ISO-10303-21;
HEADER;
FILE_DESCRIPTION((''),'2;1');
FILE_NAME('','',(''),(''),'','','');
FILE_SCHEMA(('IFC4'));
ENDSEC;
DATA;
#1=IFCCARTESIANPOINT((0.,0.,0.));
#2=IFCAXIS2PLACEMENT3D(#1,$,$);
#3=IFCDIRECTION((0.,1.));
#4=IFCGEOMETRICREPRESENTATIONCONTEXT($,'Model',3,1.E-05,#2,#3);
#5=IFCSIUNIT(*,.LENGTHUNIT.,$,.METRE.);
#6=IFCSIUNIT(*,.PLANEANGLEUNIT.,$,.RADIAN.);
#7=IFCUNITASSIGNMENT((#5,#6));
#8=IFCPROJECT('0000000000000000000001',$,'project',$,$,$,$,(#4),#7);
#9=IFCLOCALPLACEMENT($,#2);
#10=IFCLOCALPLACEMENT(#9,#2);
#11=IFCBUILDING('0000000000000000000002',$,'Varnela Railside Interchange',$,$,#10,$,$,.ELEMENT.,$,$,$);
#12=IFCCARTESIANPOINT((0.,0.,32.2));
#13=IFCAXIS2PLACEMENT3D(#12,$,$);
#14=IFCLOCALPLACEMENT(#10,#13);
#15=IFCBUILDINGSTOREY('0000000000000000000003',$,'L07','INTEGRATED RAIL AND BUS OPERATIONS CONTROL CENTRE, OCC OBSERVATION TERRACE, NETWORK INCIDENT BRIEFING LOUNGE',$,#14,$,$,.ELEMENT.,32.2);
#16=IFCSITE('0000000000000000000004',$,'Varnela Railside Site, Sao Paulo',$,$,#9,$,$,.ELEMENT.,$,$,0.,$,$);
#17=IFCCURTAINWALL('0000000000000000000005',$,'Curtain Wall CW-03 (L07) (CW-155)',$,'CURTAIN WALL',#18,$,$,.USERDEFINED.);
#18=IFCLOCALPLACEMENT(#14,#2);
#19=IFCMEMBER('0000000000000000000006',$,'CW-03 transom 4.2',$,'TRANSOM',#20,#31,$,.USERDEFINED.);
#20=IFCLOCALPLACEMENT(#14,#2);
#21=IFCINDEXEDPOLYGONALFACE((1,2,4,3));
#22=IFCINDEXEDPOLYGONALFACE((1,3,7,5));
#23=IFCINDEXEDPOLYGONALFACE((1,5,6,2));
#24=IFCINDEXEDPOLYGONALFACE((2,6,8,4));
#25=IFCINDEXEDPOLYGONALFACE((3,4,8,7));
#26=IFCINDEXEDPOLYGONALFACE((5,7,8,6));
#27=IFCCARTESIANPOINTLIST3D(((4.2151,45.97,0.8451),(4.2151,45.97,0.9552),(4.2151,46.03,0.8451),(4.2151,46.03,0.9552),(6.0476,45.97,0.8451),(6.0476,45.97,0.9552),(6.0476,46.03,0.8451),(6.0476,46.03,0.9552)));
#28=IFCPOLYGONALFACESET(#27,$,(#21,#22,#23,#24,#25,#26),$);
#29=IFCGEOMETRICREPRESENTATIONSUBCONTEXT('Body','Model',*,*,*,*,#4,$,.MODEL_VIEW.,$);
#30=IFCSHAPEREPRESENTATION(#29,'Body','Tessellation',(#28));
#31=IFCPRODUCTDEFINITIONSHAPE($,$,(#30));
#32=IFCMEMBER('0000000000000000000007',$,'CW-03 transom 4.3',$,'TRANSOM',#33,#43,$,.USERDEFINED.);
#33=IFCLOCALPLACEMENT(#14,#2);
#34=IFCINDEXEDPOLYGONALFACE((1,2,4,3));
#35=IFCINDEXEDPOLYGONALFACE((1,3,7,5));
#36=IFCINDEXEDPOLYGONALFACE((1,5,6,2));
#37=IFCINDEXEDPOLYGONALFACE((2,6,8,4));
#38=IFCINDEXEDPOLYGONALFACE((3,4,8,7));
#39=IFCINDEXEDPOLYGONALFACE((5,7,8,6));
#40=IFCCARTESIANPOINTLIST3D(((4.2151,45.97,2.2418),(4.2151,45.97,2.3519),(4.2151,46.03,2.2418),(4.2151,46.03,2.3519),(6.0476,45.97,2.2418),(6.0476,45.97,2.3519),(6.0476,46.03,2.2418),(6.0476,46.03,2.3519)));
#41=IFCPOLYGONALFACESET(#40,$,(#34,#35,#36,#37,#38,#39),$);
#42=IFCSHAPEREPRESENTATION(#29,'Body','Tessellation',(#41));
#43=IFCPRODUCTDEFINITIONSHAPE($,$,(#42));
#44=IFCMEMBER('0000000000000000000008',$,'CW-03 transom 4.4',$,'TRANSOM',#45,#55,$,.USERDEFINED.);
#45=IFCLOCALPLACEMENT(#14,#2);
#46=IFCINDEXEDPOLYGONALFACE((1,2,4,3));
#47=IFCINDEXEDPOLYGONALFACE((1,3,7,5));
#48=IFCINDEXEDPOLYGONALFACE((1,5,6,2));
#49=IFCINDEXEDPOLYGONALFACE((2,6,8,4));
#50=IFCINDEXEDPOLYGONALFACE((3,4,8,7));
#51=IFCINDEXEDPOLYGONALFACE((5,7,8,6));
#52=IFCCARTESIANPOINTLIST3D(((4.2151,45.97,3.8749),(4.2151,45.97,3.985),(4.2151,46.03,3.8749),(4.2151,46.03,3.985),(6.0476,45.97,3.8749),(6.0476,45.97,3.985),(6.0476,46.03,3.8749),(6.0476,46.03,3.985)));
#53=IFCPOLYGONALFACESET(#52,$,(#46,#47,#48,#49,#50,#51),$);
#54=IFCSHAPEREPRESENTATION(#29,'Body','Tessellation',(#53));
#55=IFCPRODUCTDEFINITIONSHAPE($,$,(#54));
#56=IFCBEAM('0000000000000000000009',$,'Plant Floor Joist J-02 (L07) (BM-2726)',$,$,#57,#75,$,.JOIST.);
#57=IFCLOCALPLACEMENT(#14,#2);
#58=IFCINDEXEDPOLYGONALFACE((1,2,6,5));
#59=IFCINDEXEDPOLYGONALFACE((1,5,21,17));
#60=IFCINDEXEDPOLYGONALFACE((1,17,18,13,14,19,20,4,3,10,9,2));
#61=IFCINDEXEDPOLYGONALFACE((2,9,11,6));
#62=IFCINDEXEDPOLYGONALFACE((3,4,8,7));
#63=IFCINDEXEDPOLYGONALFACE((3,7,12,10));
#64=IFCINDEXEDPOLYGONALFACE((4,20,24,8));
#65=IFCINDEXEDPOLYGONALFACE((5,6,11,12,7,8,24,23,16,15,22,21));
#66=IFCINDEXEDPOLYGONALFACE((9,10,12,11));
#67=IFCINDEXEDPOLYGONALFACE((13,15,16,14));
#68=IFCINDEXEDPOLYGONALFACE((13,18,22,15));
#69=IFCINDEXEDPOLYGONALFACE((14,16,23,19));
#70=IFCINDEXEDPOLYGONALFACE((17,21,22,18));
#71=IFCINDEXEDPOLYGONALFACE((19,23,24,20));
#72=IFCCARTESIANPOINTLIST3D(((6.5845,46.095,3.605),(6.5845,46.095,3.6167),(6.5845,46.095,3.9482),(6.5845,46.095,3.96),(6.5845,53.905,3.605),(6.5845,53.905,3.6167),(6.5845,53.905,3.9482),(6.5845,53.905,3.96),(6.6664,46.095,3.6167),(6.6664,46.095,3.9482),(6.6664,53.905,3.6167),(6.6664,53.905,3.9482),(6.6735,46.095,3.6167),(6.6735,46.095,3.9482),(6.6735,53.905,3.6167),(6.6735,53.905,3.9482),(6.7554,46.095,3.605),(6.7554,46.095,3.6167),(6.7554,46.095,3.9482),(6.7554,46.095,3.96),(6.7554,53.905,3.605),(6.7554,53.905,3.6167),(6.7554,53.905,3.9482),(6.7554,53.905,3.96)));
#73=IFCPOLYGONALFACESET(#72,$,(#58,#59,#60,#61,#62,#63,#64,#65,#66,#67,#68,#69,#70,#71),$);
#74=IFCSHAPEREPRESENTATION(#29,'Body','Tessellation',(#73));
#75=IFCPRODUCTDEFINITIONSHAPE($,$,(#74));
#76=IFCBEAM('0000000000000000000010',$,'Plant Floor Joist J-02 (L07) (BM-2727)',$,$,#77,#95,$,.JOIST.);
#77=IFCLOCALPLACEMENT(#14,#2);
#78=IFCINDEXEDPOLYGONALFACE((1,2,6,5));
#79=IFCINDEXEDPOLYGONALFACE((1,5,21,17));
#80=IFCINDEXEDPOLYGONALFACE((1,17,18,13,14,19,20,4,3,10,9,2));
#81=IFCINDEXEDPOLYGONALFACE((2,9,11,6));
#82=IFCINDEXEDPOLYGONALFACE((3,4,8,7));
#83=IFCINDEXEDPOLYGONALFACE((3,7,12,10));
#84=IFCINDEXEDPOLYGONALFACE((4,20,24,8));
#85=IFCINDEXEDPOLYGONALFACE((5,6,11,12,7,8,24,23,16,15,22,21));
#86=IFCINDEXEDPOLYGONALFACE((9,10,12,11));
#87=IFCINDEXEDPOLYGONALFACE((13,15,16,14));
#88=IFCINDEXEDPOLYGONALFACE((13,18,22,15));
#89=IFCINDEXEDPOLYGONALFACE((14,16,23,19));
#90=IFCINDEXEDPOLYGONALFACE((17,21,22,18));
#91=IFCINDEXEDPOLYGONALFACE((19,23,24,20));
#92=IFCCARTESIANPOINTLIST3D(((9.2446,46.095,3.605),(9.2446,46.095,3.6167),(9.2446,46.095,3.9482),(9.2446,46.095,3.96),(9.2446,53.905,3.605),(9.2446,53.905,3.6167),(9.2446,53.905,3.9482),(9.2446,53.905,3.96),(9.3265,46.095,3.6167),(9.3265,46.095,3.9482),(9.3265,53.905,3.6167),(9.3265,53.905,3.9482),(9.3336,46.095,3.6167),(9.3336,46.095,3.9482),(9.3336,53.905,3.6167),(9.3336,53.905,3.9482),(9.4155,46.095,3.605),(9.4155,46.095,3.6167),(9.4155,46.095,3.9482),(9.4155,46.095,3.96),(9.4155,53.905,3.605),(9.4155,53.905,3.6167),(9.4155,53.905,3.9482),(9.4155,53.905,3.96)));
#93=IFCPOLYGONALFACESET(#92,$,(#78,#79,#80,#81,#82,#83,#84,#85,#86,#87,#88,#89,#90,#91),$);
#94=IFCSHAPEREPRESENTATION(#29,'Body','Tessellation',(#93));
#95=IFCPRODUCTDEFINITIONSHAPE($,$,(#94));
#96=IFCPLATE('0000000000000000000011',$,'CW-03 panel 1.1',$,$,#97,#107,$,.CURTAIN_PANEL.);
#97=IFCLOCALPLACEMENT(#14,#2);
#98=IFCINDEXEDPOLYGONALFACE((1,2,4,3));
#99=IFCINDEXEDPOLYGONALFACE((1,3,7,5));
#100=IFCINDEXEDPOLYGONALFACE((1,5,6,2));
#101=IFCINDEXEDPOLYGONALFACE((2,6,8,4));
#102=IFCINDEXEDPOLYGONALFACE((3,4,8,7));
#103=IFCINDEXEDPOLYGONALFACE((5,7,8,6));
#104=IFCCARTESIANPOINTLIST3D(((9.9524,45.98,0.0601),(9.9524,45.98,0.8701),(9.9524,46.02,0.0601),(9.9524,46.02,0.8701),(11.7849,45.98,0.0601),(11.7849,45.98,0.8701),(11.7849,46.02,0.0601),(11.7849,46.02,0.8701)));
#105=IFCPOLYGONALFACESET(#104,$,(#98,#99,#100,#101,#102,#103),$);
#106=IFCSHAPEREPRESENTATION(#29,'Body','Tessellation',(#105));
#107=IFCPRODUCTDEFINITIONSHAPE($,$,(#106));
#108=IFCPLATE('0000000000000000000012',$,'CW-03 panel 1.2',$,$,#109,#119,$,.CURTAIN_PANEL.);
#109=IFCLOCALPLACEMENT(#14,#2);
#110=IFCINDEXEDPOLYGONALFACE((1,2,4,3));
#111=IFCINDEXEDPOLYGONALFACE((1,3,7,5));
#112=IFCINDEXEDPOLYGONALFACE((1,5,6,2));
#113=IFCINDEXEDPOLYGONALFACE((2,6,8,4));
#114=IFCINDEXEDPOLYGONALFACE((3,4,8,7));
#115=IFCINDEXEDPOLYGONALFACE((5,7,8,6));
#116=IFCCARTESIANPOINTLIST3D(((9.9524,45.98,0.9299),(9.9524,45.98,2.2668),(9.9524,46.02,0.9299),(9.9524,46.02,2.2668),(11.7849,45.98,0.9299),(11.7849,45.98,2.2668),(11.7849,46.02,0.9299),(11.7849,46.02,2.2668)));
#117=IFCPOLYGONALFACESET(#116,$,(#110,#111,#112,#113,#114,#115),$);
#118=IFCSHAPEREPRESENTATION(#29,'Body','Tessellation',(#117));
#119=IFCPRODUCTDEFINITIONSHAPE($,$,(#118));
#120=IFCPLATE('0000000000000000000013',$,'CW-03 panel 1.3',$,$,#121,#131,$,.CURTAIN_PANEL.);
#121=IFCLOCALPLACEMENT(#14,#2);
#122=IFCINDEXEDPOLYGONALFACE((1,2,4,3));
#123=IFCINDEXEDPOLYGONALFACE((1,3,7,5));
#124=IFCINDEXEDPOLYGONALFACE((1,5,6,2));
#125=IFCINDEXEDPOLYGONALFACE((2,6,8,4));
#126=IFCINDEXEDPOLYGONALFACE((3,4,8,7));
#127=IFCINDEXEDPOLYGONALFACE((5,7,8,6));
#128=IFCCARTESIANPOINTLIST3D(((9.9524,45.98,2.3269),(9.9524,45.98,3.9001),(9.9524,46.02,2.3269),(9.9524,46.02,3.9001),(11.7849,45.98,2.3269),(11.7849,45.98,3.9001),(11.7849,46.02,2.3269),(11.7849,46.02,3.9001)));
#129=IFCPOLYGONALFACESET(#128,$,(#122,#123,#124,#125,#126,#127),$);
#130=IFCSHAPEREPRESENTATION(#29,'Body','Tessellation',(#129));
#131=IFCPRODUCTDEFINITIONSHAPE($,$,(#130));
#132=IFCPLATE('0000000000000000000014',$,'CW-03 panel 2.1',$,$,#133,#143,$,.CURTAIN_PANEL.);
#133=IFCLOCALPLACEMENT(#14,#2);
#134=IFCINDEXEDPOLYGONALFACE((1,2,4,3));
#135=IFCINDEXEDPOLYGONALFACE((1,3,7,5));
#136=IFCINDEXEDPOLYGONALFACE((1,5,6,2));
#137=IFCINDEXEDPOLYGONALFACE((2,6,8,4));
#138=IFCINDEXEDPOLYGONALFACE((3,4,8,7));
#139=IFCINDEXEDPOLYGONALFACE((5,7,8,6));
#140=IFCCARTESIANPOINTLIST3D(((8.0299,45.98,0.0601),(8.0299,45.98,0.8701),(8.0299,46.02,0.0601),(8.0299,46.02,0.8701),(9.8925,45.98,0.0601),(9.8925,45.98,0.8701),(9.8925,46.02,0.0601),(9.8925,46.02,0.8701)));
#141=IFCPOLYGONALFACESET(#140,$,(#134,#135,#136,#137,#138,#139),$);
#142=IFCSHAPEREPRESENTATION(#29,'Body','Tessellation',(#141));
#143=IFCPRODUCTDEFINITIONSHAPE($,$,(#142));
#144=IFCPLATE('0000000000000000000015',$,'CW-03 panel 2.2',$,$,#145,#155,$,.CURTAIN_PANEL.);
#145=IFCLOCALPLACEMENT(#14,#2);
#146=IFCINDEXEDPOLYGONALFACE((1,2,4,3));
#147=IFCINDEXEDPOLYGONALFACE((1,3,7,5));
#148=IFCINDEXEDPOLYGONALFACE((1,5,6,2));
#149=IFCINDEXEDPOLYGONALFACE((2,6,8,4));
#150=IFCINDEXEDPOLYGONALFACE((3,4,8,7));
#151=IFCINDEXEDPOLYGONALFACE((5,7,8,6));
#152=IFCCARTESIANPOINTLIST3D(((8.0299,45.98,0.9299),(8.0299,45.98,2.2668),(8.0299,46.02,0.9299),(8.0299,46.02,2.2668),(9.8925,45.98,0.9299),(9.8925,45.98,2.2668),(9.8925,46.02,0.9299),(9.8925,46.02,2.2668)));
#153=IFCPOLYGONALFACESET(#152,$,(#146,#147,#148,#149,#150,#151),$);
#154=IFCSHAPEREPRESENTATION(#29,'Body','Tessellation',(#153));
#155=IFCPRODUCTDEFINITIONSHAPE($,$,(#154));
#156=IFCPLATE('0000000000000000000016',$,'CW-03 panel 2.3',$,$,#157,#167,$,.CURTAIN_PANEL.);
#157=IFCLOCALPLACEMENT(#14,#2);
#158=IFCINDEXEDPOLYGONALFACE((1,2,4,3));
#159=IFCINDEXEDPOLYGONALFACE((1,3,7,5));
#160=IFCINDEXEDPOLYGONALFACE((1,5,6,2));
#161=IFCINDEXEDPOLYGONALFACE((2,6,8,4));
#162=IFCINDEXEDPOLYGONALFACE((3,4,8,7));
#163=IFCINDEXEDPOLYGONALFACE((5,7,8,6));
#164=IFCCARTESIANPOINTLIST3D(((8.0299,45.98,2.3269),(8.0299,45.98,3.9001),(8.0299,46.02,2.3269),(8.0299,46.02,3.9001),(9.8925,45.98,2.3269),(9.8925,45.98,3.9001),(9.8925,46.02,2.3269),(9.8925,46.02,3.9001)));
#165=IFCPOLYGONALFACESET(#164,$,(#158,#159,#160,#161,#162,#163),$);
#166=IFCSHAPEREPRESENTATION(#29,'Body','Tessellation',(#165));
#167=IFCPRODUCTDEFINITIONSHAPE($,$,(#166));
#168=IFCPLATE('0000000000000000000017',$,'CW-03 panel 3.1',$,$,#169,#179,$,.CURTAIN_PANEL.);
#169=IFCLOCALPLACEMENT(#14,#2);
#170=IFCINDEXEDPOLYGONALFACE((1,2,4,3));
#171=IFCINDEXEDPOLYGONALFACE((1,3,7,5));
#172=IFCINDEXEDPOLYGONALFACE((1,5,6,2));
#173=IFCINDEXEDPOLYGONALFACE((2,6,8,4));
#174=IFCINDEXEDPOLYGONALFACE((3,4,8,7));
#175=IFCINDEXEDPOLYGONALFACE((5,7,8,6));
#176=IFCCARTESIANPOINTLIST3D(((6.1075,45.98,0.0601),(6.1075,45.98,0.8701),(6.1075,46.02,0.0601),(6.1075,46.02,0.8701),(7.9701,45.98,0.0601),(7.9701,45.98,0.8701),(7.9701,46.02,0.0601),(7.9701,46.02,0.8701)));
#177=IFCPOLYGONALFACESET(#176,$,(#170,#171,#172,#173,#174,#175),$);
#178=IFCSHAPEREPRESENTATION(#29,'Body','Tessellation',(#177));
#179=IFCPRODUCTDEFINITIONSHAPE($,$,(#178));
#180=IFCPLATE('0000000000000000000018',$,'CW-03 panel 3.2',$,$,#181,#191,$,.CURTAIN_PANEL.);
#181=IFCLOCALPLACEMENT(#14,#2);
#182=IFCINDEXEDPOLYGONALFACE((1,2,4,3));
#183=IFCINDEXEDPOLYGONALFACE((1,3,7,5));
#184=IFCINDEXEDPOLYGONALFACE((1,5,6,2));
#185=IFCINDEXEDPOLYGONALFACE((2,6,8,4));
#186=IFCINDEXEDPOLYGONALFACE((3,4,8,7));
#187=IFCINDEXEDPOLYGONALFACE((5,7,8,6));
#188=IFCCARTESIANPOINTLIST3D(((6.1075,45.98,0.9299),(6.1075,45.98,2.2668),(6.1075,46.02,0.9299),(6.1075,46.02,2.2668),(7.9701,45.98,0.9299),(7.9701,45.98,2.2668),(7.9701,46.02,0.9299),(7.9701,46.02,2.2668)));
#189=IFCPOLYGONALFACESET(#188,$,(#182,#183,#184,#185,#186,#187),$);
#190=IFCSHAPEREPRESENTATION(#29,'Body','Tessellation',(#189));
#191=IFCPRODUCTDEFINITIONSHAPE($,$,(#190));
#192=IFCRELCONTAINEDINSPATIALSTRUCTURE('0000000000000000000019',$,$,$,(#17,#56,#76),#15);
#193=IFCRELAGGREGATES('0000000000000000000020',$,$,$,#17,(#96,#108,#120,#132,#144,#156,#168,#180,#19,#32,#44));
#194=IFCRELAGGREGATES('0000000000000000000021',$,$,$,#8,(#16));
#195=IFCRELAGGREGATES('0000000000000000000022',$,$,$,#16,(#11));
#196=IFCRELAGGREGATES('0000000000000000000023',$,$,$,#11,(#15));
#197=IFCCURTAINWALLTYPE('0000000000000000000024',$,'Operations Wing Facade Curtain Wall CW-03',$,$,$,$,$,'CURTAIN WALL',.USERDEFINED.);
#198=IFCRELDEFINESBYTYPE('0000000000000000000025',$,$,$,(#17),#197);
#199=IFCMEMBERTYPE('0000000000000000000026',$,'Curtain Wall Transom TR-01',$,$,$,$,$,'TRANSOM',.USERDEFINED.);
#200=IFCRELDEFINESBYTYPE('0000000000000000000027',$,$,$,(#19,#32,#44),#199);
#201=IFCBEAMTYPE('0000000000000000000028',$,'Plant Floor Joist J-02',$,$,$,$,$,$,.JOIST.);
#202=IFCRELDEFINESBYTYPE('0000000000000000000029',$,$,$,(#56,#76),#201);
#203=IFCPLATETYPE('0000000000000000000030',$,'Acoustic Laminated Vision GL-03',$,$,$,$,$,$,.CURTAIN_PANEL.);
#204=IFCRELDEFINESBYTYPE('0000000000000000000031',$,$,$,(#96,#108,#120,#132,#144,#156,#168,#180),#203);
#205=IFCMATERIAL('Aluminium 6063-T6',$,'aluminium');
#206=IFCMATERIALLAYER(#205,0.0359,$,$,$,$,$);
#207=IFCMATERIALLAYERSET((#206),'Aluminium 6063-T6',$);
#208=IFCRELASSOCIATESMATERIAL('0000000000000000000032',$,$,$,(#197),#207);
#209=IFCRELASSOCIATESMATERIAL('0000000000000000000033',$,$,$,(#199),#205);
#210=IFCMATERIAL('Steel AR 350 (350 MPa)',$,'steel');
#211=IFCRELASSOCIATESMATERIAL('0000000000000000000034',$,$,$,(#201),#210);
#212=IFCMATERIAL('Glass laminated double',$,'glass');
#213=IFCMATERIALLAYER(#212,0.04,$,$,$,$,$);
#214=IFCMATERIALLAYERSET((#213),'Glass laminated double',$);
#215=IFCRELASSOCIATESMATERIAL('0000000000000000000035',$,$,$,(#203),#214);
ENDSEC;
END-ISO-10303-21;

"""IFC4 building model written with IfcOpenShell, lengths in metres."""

from ifc_helpers import new_model, si_unit, direction, frame, origin, origin_2d, place, context, subcontext, project, spatial, rectangle, i_section, extrude, material, layer, layer_set, material_profile, profile_set, type_object, element, aggregate, save


model = new_model("IFC4")

# Units and contexts
model_context = context("Model", 3, precision=1e-05, world=origin(), true_north=direction((0.0, 1.0)))
body_context = subcontext(model_context, "Body", "Model", "MODEL_VIEW")
ifc_project = project(units=[si_unit("LENGTHUNIT", "METRE"), si_unit("PLANEANGLEUNIT", "RADIAN")], contexts=[model_context])

# Site, building, storey
site_placement = place(None, origin())
site = spatial("IfcSite", under=ifc_project, at=site_placement, Name="Varnela Railside Site, Sao Paulo", CompositionType="ELEMENT", RefElevation=0.0)
building_placement = place(site_placement, origin())
building = spatial("IfcBuilding", under=site, at=building_placement, Name="Varnela Railside Interchange", CompositionType="ELEMENT")
storey_placement = place(building_placement, frame((0.0, 0.0, 32.2)))
storey = spatial("IfcBuildingStorey", under=building, at=storey_placement, Name="L07", Description="INTEGRATED RAIL AND BUS OPERATIONS CONTROL CENTRE, OCC OBSERVATION TERRACE, NETWORK INCIDENT BRIEFING LOUNGE", CompositionType="ELEMENT", Elevation=32.2)

# Curtain wall, members
ifc_material_1 = material(Name="Aluminium 6063-T6", Category="aluminium")
ifc_layer_1 = layer(ifc_material_1, 0.0359)
ifc_layer_set_1 = layer_set([ifc_layer_1], Name="Aluminium 6063-T6")
curtain_wall_type = type_object("IfcCurtainWallType", Name="Operations Wing Facade Curtain Wall CW-03", ElementType="CURTAIN WALL", PredefinedType="USERDEFINED", material=ifc_layer_set_1)
curtain_wall_placement = place(storey_placement, origin())
curtain_wall = element("IfcCurtainWall", 1, at=curtain_wall_placement, inside=storey, type_object=curtain_wall_type, Name="Curtain Wall CW-03 (L07) (CW-155)", ObjectType="CURTAIN WALL", PredefinedType="USERDEFINED")
ifc_material_profile_1 = material_profile(ifc_material_1, rectangle(XDim=0.0601, YDim=0.1101, at=origin_2d()), Name="ALU 60x110")
ifc_profile_set_1 = profile_set([ifc_material_profile_1], Name="Aluminium 6063-T6")
member_type_1 = type_object("IfcMemberType", Name="Curtain Wall Transom TR-01", ElementType="TRANSOM", PredefinedType="USERDEFINED", material=ifc_profile_set_1)
member_1_placement = place(storey_placement, frame((6.0476, 46.0, 0.9001), z_axis=(-1.0, 0.0, 0.0), x_axis=(0.0, -1.0, 0.0)))
member_1 = element("IfcMember", 2, at=member_1_placement, type_object=member_type_1, Name="CW-03 transom 4.2", ObjectType="TRANSOM", PredefinedType="USERDEFINED", context=body_context, shape_type="SweptSolid", body=[
    extrude(rectangle(XDim=0.0601, YDim=0.1101, at=origin_2d()), origin(), (0.0, 0.0, 1.0), 1.8325),
])
member_2_placement = place(storey_placement, frame((6.0476, 46.0, 2.2969), z_axis=(-1.0, 0.0, 0.0), x_axis=(0.0, -1.0, 0.0)))
member_2 = element("IfcMember", 3, at=member_2_placement, type_object=member_type_1, Name="CW-03 transom 4.3", ObjectType="TRANSOM", PredefinedType="USERDEFINED", context=body_context, shape_type="SweptSolid", body=[
    extrude(rectangle(XDim=0.0601, YDim=0.1101, at=origin_2d()), origin(), (0.0, 0.0, 1.0), 1.8325),
])
member_3_placement = place(storey_placement, frame((6.0476, 46.0, 3.9299), z_axis=(-1.0, 0.0, 0.0), x_axis=(0.0, -1.0, 0.0)))
member_3 = element("IfcMember", 4, at=member_3_placement, type_object=member_type_1, Name="CW-03 transom 4.4", ObjectType="TRANSOM", PredefinedType="USERDEFINED", context=body_context, shape_type="SweptSolid", body=[
    extrude(rectangle(XDim=0.0601, YDim=0.1101, at=origin_2d()), origin(), (0.0, 0.0, 1.0), 1.8325),
])

# Beams
ifc_material_2 = material(Name="Steel AR 350 (350 MPa)", Category="steel")
ifc_material_profile_2 = material_profile(ifc_material_2, i_section(OverallWidth=0.1709, OverallDepth=0.355, WebThickness=0.0071, FlangeThickness=0.0117, at=origin_2d()), Name="W360x51")
ifc_profile_set_2 = profile_set([ifc_material_profile_2], Name="Steel AR 350 (350 MPa)")
beam_type = type_object("IfcBeamType", Name="Plant Floor Joist J-02", PredefinedType="JOIST", material=ifc_profile_set_2)
for number, where, z_axis, x_axis, name in (
    (5, (6.6699, 46.095, 3.7825), (0.0, 1.0, 0.0), (-1.0, 0.0, 0.0), "Plant Floor Joist J-02 (L07) (BM-2726)"),
    (6, (9.3301, 46.095, 3.7825), (0.0, 1.0, 0.0), (-1.0, 0.0, 0.0), "Plant Floor Joist J-02 (L07) (BM-2727)"),
):
    element("IfcBeam", number, at=place(storey_placement, frame(where, z_axis=z_axis, x_axis=x_axis)), inside=storey, type_object=beam_type, Name=name, PredefinedType="JOIST", context=body_context, shape_type="SweptSolid", body=[
        extrude(i_section(OverallWidth=0.1709, OverallDepth=0.355, WebThickness=0.0071, FlangeThickness=0.0117, at=origin_2d()), origin(), (0.0, 0.0, 1.0), 7.8101),
    ])

# Plates
ifc_material_3 = material(Name="Glass laminated double", Category="glass")
ifc_layer_2 = layer(ifc_material_3, 0.04)
ifc_layer_set_2 = layer_set([ifc_layer_2], Name="Glass laminated double")
plate_type = type_object("IfcPlateType", Name="Acoustic Laminated Vision GL-03", PredefinedType="CURTAIN_PANEL", material=ifc_layer_set_2)
plate_1_placement = place(storey_placement, frame((10.8687, 46.0, 0.0601), z_axis=(0.0, 0.0, 1.0), x_axis=(-1.0, 0.0, 0.0)))
plate_1 = element("IfcPlate", 7, at=plate_1_placement, type_object=plate_type, Name="CW-03 panel 1.1", PredefinedType="CURTAIN_PANEL", context=body_context, shape_type="SweptSolid", body=[
    extrude(rectangle(XDim=1.8325, YDim=0.04, at=origin_2d()), origin(), (0.0, 0.0, 1.0), 0.8101),
])
plate_2_placement = place(storey_placement, frame((10.8687, 46.0, 0.9299), z_axis=(0.0, 0.0, 1.0), x_axis=(-1.0, 0.0, 0.0)))
plate_2 = element("IfcPlate", 8, at=plate_2_placement, type_object=plate_type, Name="CW-03 panel 1.2", PredefinedType="CURTAIN_PANEL", context=body_context, shape_type="SweptSolid", body=[
    extrude(rectangle(XDim=1.8325, YDim=0.04, at=origin_2d()), origin(), (0.0, 0.0, 1.0), 1.3369),
])
plate_3_placement = place(storey_placement, frame((10.8687, 46.0, 2.3269), z_axis=(0.0, 0.0, 1.0), x_axis=(-1.0, 0.0, 0.0)))
plate_3 = element("IfcPlate", 9, at=plate_3_placement, type_object=plate_type, Name="CW-03 panel 1.3", PredefinedType="CURTAIN_PANEL", context=body_context, shape_type="SweptSolid", body=[
    extrude(rectangle(XDim=1.8325, YDim=0.04, at=origin_2d()), origin(), (0.0, 0.0, 1.0), 1.5732),
])
plate_4_placement = place(storey_placement, frame((8.9612, 46.0, 0.0601), z_axis=(0.0, 0.0, 1.0), x_axis=(-1.0, 0.0, 0.0)))
plate_4 = element("IfcPlate", 10, at=plate_4_placement, type_object=plate_type, Name="CW-03 panel 2.1", PredefinedType="CURTAIN_PANEL", context=body_context, shape_type="SweptSolid", body=[
    extrude(rectangle(XDim=1.8625, YDim=0.04, at=origin_2d()), origin(), (0.0, 0.0, 1.0), 0.8101),
])
plate_5_placement = place(storey_placement, frame((8.9612, 46.0, 0.9299), z_axis=(0.0, 0.0, 1.0), x_axis=(-1.0, 0.0, 0.0)))
plate_5 = element("IfcPlate", 11, at=plate_5_placement, type_object=plate_type, Name="CW-03 panel 2.2", PredefinedType="CURTAIN_PANEL", context=body_context, shape_type="SweptSolid", body=[
    extrude(rectangle(XDim=1.8625, YDim=0.04, at=origin_2d()), origin(), (0.0, 0.0, 1.0), 1.3369),
])
plate_6_placement = place(storey_placement, frame((8.9612, 46.0, 2.3269), z_axis=(0.0, 0.0, 1.0), x_axis=(-1.0, 0.0, 0.0)))
plate_6 = element("IfcPlate", 12, at=plate_6_placement, type_object=plate_type, Name="CW-03 panel 2.3", PredefinedType="CURTAIN_PANEL", context=body_context, shape_type="SweptSolid", body=[
    extrude(rectangle(XDim=1.8625, YDim=0.04, at=origin_2d()), origin(), (0.0, 0.0, 1.0), 1.5732),
])
plate_7_placement = place(storey_placement, frame((7.0388, 46.0, 0.0601), z_axis=(0.0, 0.0, 1.0), x_axis=(-1.0, 0.0, 0.0)))
plate_7 = element("IfcPlate", 13, at=plate_7_placement, type_object=plate_type, Name="CW-03 panel 3.1", PredefinedType="CURTAIN_PANEL", context=body_context, shape_type="SweptSolid", body=[
    extrude(rectangle(XDim=1.8625, YDim=0.04, at=origin_2d()), origin(), (0.0, 0.0, 1.0), 0.8101),
])
plate_8_placement = place(storey_placement, frame((7.0388, 46.0, 0.9299), z_axis=(0.0, 0.0, 1.0), x_axis=(-1.0, 0.0, 0.0)))
plate_8 = element("IfcPlate", 14, at=plate_8_placement, type_object=plate_type, Name="CW-03 panel 3.2", PredefinedType="CURTAIN_PANEL", context=body_context, shape_type="SweptSolid", body=[
    extrude(rectangle(XDim=1.8625, YDim=0.04, at=origin_2d()), origin(), (0.0, 0.0, 1.0), 1.3369),
])
aggregate(curtain_wall, [plate_1, plate_2, plate_3, plate_4, plate_5, plate_6, plate_7, plate_8, member_1, member_2, member_3])

save(model, "model.ifc")
